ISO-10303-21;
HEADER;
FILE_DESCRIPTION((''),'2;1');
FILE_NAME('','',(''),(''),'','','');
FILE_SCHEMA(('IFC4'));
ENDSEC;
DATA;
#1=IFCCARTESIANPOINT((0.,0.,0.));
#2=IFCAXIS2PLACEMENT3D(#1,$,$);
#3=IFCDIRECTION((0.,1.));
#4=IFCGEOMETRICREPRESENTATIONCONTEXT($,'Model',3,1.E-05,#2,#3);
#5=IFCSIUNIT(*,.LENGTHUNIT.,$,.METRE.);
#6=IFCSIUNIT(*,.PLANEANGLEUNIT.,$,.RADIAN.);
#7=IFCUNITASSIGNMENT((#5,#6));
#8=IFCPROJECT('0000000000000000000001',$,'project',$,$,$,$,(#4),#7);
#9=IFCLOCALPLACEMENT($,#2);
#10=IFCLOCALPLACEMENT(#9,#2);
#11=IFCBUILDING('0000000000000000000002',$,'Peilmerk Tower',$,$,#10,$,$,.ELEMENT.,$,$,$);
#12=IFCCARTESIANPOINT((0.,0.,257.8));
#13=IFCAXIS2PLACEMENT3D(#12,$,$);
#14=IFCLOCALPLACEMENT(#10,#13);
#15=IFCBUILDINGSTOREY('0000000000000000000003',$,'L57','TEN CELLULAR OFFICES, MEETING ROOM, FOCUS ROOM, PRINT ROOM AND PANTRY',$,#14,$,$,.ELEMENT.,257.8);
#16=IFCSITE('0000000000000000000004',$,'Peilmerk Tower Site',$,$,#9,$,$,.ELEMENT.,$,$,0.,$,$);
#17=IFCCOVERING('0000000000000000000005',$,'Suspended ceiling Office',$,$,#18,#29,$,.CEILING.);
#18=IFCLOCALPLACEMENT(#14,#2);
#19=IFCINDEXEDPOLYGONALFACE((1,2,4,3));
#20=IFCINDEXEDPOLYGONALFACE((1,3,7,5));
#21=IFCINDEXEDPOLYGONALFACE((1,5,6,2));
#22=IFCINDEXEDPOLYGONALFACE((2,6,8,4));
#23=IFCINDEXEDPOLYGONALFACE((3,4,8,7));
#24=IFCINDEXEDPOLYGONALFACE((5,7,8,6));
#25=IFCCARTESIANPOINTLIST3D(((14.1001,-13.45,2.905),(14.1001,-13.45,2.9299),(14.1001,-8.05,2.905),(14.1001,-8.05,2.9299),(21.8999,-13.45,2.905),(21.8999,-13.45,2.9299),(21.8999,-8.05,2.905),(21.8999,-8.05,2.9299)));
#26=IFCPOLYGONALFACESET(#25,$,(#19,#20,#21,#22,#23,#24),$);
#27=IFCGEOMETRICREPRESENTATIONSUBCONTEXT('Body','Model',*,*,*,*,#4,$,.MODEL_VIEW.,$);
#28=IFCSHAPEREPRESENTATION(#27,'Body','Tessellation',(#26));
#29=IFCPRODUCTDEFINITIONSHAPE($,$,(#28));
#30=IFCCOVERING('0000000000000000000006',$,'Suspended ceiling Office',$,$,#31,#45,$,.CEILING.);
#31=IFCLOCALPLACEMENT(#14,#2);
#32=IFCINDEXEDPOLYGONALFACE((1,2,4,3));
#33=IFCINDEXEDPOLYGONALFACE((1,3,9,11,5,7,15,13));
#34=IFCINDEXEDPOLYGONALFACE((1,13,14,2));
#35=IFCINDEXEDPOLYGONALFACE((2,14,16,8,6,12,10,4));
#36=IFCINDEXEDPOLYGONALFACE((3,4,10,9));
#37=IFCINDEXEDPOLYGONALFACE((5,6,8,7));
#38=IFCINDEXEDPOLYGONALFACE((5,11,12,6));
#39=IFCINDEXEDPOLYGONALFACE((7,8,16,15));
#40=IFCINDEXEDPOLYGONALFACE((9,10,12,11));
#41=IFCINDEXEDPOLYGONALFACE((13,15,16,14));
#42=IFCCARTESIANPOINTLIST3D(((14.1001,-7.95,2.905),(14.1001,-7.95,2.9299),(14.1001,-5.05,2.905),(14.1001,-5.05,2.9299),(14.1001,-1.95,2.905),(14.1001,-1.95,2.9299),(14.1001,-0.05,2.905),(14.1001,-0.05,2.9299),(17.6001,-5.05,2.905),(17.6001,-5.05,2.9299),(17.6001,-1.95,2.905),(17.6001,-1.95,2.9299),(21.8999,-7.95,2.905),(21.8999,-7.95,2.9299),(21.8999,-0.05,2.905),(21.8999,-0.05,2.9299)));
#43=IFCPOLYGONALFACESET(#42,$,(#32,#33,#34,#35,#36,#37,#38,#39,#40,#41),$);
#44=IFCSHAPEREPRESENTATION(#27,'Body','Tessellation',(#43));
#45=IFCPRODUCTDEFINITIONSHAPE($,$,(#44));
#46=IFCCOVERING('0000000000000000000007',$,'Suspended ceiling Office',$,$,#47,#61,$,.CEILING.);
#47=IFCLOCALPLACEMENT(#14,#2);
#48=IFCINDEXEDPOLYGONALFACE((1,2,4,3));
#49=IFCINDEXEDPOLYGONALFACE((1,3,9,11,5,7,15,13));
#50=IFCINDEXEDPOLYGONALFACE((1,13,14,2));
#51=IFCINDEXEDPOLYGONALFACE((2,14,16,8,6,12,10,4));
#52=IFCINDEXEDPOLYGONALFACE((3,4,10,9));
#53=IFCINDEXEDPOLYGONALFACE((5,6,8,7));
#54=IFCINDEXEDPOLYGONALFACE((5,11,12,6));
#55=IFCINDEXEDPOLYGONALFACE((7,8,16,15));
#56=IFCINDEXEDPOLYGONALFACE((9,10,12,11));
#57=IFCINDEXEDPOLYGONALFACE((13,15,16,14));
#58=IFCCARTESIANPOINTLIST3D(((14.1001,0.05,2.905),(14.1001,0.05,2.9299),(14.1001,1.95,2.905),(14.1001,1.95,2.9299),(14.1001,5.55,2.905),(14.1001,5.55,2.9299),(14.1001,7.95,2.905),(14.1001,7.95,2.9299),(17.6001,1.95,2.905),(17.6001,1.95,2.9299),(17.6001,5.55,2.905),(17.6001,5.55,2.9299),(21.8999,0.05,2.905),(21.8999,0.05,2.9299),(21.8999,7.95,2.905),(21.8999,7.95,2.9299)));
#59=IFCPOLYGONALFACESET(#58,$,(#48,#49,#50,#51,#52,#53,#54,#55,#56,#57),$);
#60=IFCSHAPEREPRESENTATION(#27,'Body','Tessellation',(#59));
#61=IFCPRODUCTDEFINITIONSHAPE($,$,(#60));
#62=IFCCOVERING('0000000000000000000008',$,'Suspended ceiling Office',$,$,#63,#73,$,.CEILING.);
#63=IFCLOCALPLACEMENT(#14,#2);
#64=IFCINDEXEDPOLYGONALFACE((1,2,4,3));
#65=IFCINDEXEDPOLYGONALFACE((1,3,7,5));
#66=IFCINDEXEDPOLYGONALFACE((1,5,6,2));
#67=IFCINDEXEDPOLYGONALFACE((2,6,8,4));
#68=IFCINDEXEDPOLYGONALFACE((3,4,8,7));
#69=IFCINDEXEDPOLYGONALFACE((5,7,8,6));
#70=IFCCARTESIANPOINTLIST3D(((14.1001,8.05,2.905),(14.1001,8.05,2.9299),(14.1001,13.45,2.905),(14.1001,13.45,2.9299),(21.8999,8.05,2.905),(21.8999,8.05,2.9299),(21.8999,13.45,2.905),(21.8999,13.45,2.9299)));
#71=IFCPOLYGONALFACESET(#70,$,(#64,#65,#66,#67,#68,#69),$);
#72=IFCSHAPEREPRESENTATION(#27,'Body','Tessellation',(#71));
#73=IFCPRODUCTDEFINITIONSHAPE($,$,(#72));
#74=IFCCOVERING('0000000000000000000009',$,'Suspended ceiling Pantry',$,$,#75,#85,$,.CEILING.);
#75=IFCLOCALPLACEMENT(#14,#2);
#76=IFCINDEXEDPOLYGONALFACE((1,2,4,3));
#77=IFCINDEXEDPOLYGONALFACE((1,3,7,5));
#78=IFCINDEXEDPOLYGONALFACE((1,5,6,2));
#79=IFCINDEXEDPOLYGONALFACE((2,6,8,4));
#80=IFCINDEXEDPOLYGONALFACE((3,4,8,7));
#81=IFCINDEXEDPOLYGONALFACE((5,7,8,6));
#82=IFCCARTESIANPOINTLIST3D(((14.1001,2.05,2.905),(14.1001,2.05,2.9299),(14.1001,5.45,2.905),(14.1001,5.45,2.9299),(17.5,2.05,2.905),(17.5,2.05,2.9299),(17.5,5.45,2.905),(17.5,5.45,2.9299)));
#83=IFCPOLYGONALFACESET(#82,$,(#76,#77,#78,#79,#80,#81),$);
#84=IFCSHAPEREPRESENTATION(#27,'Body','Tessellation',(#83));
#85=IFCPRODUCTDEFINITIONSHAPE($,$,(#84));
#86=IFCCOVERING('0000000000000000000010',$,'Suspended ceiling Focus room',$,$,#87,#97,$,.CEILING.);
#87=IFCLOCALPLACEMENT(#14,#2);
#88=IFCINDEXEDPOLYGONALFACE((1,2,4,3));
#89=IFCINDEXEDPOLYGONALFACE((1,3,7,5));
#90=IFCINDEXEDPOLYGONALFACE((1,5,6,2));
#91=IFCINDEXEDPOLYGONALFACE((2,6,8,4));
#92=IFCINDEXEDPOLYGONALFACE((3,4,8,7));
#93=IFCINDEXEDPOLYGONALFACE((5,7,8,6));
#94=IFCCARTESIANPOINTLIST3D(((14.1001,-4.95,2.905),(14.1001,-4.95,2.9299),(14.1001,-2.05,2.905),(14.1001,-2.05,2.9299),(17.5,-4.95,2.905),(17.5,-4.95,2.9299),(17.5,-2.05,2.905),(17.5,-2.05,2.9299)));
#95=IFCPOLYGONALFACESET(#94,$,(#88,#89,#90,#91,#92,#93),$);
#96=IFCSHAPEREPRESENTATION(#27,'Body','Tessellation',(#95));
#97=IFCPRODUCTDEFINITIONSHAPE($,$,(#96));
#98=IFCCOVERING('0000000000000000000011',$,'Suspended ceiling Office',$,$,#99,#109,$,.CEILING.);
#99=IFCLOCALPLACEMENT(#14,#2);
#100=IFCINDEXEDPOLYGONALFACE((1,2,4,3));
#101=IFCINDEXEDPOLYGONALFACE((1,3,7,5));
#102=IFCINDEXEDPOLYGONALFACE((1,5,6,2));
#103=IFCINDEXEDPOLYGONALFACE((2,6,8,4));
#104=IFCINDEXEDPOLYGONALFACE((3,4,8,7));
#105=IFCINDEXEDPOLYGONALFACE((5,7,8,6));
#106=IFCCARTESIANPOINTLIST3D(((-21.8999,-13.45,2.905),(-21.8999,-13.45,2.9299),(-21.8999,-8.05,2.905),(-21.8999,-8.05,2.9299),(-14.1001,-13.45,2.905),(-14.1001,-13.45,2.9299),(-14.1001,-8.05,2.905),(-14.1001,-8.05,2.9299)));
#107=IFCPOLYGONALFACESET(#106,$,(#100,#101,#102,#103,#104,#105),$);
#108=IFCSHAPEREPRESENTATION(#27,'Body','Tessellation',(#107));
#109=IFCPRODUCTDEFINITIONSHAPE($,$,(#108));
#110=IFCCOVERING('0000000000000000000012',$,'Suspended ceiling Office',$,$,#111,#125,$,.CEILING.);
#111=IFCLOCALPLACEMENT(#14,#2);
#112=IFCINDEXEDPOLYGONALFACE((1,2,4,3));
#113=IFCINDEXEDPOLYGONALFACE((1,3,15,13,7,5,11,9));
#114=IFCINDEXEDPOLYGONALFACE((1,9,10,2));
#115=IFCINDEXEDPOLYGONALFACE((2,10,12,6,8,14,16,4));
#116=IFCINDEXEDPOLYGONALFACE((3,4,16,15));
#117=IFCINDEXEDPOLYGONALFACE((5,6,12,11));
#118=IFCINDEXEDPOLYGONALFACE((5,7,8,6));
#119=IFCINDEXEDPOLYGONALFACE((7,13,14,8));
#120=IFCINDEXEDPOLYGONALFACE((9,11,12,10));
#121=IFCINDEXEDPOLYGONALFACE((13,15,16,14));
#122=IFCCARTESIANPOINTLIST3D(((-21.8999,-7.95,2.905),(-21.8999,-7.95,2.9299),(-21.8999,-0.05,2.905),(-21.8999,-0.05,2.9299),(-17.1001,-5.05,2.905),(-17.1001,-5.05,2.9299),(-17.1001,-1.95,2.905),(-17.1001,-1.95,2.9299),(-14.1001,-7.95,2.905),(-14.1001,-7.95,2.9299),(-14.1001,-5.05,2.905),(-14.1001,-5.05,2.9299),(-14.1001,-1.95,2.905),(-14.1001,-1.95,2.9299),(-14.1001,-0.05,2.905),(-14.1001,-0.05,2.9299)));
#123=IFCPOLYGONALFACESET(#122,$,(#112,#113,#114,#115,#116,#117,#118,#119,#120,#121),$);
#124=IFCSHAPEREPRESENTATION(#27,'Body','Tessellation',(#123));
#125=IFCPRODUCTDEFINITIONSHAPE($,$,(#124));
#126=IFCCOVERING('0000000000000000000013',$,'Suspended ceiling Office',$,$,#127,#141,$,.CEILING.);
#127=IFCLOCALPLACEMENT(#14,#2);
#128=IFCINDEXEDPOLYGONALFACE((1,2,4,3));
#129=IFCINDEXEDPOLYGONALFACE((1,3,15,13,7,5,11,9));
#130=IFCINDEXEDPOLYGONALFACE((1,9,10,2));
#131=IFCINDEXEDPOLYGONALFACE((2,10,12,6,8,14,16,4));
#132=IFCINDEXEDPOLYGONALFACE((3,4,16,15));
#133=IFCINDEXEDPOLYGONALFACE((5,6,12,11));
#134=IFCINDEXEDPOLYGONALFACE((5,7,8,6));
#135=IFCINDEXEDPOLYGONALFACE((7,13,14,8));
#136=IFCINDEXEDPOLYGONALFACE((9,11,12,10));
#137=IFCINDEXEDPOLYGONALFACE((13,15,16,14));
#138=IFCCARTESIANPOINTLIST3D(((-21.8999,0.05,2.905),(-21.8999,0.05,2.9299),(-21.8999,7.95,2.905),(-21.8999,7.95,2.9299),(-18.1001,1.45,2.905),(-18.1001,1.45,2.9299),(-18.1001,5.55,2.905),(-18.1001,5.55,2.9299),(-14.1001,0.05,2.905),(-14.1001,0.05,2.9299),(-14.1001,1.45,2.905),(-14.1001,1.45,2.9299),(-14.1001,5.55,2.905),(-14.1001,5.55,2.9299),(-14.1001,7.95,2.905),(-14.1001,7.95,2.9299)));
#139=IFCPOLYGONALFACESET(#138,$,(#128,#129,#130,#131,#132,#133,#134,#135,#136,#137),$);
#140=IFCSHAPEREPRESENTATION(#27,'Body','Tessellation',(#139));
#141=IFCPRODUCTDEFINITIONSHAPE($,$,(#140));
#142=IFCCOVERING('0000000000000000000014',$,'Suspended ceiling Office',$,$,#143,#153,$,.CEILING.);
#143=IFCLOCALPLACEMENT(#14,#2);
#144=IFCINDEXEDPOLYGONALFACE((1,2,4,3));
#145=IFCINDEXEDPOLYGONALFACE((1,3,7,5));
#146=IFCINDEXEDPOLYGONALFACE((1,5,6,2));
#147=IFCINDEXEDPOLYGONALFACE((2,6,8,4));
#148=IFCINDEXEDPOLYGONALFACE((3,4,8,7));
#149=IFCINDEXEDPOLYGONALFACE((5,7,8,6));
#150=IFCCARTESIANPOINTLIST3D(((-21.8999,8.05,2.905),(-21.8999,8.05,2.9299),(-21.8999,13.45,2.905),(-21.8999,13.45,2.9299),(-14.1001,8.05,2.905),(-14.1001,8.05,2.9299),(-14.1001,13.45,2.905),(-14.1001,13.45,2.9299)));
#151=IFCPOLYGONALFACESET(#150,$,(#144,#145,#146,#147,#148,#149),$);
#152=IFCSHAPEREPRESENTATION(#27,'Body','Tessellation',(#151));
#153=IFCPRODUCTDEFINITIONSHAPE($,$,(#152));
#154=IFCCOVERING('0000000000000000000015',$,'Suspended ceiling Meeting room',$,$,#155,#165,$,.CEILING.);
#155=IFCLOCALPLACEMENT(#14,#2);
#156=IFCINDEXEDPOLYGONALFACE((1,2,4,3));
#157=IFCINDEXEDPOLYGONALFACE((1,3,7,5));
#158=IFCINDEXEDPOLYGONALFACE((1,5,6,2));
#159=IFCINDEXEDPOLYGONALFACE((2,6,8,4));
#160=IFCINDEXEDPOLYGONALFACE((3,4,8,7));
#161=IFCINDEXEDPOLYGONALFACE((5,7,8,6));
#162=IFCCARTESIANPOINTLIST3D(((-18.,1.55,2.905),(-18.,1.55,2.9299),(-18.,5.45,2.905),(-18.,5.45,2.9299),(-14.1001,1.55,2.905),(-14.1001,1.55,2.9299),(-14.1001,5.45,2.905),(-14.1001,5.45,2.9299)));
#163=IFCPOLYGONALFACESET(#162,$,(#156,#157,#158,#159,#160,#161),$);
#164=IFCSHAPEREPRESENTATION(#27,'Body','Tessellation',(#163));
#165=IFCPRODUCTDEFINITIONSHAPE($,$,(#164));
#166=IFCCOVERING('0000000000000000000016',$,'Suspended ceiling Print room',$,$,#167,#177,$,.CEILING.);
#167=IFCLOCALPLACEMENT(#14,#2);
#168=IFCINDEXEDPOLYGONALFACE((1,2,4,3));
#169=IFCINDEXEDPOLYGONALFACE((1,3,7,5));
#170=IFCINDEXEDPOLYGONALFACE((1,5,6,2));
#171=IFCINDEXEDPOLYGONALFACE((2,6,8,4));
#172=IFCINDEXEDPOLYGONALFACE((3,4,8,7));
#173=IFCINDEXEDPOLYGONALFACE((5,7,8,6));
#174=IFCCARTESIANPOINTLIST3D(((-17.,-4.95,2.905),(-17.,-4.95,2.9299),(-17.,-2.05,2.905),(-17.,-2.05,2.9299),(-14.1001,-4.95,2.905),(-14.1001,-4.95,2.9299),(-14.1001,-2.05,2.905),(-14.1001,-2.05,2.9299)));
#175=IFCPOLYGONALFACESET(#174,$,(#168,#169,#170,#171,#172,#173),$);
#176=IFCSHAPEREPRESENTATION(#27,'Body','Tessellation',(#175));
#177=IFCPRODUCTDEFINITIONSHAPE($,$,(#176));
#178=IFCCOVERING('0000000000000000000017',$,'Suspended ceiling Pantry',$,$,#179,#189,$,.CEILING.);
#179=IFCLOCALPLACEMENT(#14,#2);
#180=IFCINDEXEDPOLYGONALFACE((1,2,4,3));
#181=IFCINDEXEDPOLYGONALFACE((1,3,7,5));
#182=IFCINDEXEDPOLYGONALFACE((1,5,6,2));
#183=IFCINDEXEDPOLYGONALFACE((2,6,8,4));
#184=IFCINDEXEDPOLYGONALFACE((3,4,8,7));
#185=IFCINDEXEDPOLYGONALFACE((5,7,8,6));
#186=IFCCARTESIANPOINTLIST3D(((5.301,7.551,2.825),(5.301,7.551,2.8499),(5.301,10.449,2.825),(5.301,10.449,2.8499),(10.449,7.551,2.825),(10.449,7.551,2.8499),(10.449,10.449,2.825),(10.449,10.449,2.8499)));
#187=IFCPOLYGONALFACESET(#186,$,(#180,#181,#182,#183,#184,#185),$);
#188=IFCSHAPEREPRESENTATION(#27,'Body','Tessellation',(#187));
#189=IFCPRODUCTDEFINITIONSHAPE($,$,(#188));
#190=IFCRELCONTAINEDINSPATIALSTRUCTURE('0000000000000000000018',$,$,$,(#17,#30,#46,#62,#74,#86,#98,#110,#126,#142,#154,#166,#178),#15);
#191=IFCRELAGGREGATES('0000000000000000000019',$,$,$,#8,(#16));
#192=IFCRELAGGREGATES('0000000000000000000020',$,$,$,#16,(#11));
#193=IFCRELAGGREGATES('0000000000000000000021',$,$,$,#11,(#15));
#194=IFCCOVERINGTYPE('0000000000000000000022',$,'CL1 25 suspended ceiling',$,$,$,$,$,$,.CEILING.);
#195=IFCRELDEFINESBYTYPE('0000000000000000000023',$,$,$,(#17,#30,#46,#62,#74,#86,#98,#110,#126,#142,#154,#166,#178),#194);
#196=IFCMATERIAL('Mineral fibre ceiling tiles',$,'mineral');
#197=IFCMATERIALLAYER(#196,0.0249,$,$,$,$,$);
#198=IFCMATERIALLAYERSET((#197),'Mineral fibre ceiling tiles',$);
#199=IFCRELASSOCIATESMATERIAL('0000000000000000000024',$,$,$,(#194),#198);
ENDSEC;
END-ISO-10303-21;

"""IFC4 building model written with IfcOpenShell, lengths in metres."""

from ifc_helpers import new_model, si_unit, direction, frame, origin, place, context, subcontext, project, spatial, polyline, outline, extrude, material, layer, layer_set, type_object, element, save


model = new_model("IFC4")

# Units and contexts
model_context = context("Model", 3, precision=1e-05, world=origin(), true_north=direction((0.0, 1.0)))
body_context = subcontext(model_context, "Body", "Model", "MODEL_VIEW")
ifc_project = project(units=[si_unit("LENGTHUNIT", "METRE"), si_unit("PLANEANGLEUNIT", "RADIAN")], contexts=[model_context])

# Site, building, storey
site_placement = place(None, origin())
site = spatial("IfcSite", under=ifc_project, at=site_placement, Name="Peilmerk Tower Site", CompositionType="ELEMENT", RefElevation=0.0)
building_placement = place(site_placement, origin())
building = spatial("IfcBuilding", under=site, at=building_placement, Name="Peilmerk Tower", CompositionType="ELEMENT")
storey_placement = place(building_placement, frame((0.0, 0.0, 257.8)))
storey = spatial("IfcBuildingStorey", under=building, at=storey_placement, Name="L57", Description="TEN CELLULAR OFFICES, MEETING ROOM, FOCUS ROOM, PRINT ROOM AND PANTRY", CompositionType="ELEMENT", Elevation=257.8)

# Coverings
ifc_material_1 = material(Name="Mineral fibre ceiling tiles", Category="mineral")
ifc_layer_1 = layer(ifc_material_1, 0.0249)
ifc_layer_set_1 = layer_set([ifc_layer_1], Name="Mineral fibre ceiling tiles")
covering_type = type_object("IfcCoveringType", Name="CL1 25 suspended ceiling", PredefinedType="CEILING", material=ifc_layer_set_1)
covering_1_placement = place(storey_placement, frame((0.0, 0.0, 2.905)))
element("IfcCovering", 1, at=covering_1_placement, inside=storey, type_object=covering_type, Name="Suspended ceiling Office", PredefinedType="CEILING", context=body_context, shape_type="SweptSolid", body=[
    extrude(outline(polyline([(21.8999, -13.45), (21.8999, -8.05), (14.1001, -8.05), (14.1001, -13.45), (21.8999, -13.45)])), origin(), (0.0, 0.0, 1.0), 0.0249),
])
covering_2_placement = place(storey_placement, frame((0.0, 0.0, 2.905)))
element("IfcCovering", 2, at=covering_2_placement, inside=storey, type_object=covering_type, Name="Suspended ceiling Office", PredefinedType="CEILING", context=body_context, shape_type="SweptSolid", body=[
    extrude(outline(polyline([(14.1001, -7.95), (21.8999, -7.95), (21.8999, -0.05), (14.1001, -0.05), (14.1001, -1.95), (17.6001, -1.95), (17.6001, -5.05), (14.1001, -5.05), (14.1001, -7.95)])), origin(), (0.0, 0.0, 1.0), 0.0249),
])
covering_3_placement = place(storey_placement, frame((0.0, 0.0, 2.905)))
element("IfcCovering", 3, at=covering_3_placement, inside=storey, type_object=covering_type, Name="Suspended ceiling Office", PredefinedType="CEILING", context=body_context, shape_type="SweptSolid", body=[
    extrude(outline(polyline([(14.1001, 0.05), (21.8999, 0.05), (21.8999, 7.95), (14.1001, 7.95), (14.1001, 5.55), (17.6001, 5.55), (17.6001, 1.95), (14.1001, 1.95), (14.1001, 0.05)])), origin(), (0.0, 0.0, 1.0), 0.0249),
])
covering_4_placement = place(storey_placement, frame((0.0, 0.0, 2.905)))
element("IfcCovering", 4, at=covering_4_placement, inside=storey, type_object=covering_type, Name="Suspended ceiling Office", PredefinedType="CEILING", context=body_context, shape_type="SweptSolid", body=[
    extrude(outline(polyline([(21.8999, 8.05), (21.8999, 13.45), (14.1001, 13.45), (14.1001, 8.05), (21.8999, 8.05)])), origin(), (0.0, 0.0, 1.0), 0.0249),
])
covering_5_placement = place(storey_placement, frame((0.0, 0.0, 2.905)))
element("IfcCovering", 5, at=covering_5_placement, inside=storey, type_object=covering_type, Name="Suspended ceiling Pantry", PredefinedType="CEILING", context=body_context, shape_type="SweptSolid", body=[
    extrude(outline(polyline([(17.5, 2.05), (17.5, 5.45), (14.1001, 5.45), (14.1001, 2.05), (17.5, 2.05)])), origin(), (0.0, 0.0, 1.0), 0.0249),
])
covering_6_placement = place(storey_placement, frame((0.0, 0.0, 2.905)))
element("IfcCovering", 6, at=covering_6_placement, inside=storey, type_object=covering_type, Name="Suspended ceiling Focus room", PredefinedType="CEILING", context=body_context, shape_type="SweptSolid", body=[
    extrude(outline(polyline([(17.5, -4.95), (17.5, -2.05), (14.1001, -2.05), (14.1001, -4.95), (17.5, -4.95)])), origin(), (0.0, 0.0, 1.0), 0.0249),
])
covering_7_placement = place(storey_placement, frame((0.0, 0.0, 2.905)))
element("IfcCovering", 7, at=covering_7_placement, inside=storey, type_object=covering_type, Name="Suspended ceiling Office", PredefinedType="CEILING", context=body_context, shape_type="SweptSolid", body=[
    extrude(outline(polyline([(-21.8999, -8.05), (-21.8999, -13.45), (-14.1001, -13.45), (-14.1001, -8.05), (-21.8999, -8.05)])), origin(), (0.0, 0.0, 1.0), 0.0249),
])
covering_8_placement = place(storey_placement, frame((0.0, 0.0, 2.905)))
element("IfcCovering", 8, at=covering_8_placement, inside=storey, type_object=covering_type, Name="Suspended ceiling Office", PredefinedType="CEILING", context=body_context, shape_type="SweptSolid", body=[
    extrude(outline(polyline([(-14.1001, -0.05), (-21.8999, -0.05), (-21.8999, -7.95), (-14.1001, -7.95), (-14.1001, -5.05), (-17.1001, -5.05), (-17.1001, -1.95), (-14.1001, -1.95), (-14.1001, -0.05)])), origin(), (0.0, 0.0, 1.0), 0.0249),
])
covering_9_placement = place(storey_placement, frame((0.0, 0.0, 2.905)))
element("IfcCovering", 9, at=covering_9_placement, inside=storey, type_object=covering_type, Name="Suspended ceiling Office", PredefinedType="CEILING", context=body_context, shape_type="SweptSolid", body=[
    extrude(outline(polyline([(-14.1001, 7.95), (-21.8999, 7.95), (-21.8999, 0.05), (-14.1001, 0.05), (-14.1001, 1.45), (-18.1001, 1.45), (-18.1001, 5.55), (-14.1001, 5.55), (-14.1001, 7.95)])), origin(), (0.0, 0.0, 1.0), 0.0249),
])
covering_10_placement = place(storey_placement, frame((0.0, 0.0, 2.905)))
element("IfcCovering", 10, at=covering_10_placement, inside=storey, type_object=covering_type, Name="Suspended ceiling Office", PredefinedType="CEILING", context=body_context, shape_type="SweptSolid", body=[
    extrude(outline(polyline([(-21.8999, 13.45), (-21.8999, 8.05), (-14.1001, 8.05), (-14.1001, 13.45), (-21.8999, 13.45)])), origin(), (0.0, 0.0, 1.0), 0.0249),
])
covering_11_placement = place(storey_placement, frame((0.0, 0.0, 2.905)))
element("IfcCovering", 11, at=covering_11_placement, inside=storey, type_object=covering_type, Name="Suspended ceiling Meeting room", PredefinedType="CEILING", context=body_context, shape_type="SweptSolid", body=[
    extrude(outline(polyline([(-14.1001, 1.55), (-14.1001, 5.45), (-18.0, 5.45), (-18.0, 1.55), (-14.1001, 1.55)])), origin(), (0.0, 0.0, 1.0), 0.0249),
])
covering_12_placement = place(storey_placement, frame((0.0, 0.0, 2.905)))
element("IfcCovering", 12, at=covering_12_placement, inside=storey, type_object=covering_type, Name="Suspended ceiling Print room", PredefinedType="CEILING", context=body_context, shape_type="SweptSolid", body=[
    extrude(outline(polyline([(-14.1001, -4.95), (-14.1001, -2.05), (-17.0, -2.05), (-17.0, -4.95), (-14.1001, -4.95)])), origin(), (0.0, 0.0, 1.0), 0.0249),
])
covering_13_placement = place(storey_placement, frame((0.0, 0.0, 2.825)))
element("IfcCovering", 13, at=covering_13_placement, inside=storey, type_object=covering_type, Name="Suspended ceiling Pantry", PredefinedType="CEILING", context=body_context, shape_type="SweptSolid", body=[
    extrude(outline(polyline([(10.449, 7.551), (10.449, 10.449), (5.301, 10.449), (5.301, 7.551), (10.449, 7.551)])), origin(), (0.0, 0.0, 1.0), 0.0249),
])

save(model, "model.ifc")
